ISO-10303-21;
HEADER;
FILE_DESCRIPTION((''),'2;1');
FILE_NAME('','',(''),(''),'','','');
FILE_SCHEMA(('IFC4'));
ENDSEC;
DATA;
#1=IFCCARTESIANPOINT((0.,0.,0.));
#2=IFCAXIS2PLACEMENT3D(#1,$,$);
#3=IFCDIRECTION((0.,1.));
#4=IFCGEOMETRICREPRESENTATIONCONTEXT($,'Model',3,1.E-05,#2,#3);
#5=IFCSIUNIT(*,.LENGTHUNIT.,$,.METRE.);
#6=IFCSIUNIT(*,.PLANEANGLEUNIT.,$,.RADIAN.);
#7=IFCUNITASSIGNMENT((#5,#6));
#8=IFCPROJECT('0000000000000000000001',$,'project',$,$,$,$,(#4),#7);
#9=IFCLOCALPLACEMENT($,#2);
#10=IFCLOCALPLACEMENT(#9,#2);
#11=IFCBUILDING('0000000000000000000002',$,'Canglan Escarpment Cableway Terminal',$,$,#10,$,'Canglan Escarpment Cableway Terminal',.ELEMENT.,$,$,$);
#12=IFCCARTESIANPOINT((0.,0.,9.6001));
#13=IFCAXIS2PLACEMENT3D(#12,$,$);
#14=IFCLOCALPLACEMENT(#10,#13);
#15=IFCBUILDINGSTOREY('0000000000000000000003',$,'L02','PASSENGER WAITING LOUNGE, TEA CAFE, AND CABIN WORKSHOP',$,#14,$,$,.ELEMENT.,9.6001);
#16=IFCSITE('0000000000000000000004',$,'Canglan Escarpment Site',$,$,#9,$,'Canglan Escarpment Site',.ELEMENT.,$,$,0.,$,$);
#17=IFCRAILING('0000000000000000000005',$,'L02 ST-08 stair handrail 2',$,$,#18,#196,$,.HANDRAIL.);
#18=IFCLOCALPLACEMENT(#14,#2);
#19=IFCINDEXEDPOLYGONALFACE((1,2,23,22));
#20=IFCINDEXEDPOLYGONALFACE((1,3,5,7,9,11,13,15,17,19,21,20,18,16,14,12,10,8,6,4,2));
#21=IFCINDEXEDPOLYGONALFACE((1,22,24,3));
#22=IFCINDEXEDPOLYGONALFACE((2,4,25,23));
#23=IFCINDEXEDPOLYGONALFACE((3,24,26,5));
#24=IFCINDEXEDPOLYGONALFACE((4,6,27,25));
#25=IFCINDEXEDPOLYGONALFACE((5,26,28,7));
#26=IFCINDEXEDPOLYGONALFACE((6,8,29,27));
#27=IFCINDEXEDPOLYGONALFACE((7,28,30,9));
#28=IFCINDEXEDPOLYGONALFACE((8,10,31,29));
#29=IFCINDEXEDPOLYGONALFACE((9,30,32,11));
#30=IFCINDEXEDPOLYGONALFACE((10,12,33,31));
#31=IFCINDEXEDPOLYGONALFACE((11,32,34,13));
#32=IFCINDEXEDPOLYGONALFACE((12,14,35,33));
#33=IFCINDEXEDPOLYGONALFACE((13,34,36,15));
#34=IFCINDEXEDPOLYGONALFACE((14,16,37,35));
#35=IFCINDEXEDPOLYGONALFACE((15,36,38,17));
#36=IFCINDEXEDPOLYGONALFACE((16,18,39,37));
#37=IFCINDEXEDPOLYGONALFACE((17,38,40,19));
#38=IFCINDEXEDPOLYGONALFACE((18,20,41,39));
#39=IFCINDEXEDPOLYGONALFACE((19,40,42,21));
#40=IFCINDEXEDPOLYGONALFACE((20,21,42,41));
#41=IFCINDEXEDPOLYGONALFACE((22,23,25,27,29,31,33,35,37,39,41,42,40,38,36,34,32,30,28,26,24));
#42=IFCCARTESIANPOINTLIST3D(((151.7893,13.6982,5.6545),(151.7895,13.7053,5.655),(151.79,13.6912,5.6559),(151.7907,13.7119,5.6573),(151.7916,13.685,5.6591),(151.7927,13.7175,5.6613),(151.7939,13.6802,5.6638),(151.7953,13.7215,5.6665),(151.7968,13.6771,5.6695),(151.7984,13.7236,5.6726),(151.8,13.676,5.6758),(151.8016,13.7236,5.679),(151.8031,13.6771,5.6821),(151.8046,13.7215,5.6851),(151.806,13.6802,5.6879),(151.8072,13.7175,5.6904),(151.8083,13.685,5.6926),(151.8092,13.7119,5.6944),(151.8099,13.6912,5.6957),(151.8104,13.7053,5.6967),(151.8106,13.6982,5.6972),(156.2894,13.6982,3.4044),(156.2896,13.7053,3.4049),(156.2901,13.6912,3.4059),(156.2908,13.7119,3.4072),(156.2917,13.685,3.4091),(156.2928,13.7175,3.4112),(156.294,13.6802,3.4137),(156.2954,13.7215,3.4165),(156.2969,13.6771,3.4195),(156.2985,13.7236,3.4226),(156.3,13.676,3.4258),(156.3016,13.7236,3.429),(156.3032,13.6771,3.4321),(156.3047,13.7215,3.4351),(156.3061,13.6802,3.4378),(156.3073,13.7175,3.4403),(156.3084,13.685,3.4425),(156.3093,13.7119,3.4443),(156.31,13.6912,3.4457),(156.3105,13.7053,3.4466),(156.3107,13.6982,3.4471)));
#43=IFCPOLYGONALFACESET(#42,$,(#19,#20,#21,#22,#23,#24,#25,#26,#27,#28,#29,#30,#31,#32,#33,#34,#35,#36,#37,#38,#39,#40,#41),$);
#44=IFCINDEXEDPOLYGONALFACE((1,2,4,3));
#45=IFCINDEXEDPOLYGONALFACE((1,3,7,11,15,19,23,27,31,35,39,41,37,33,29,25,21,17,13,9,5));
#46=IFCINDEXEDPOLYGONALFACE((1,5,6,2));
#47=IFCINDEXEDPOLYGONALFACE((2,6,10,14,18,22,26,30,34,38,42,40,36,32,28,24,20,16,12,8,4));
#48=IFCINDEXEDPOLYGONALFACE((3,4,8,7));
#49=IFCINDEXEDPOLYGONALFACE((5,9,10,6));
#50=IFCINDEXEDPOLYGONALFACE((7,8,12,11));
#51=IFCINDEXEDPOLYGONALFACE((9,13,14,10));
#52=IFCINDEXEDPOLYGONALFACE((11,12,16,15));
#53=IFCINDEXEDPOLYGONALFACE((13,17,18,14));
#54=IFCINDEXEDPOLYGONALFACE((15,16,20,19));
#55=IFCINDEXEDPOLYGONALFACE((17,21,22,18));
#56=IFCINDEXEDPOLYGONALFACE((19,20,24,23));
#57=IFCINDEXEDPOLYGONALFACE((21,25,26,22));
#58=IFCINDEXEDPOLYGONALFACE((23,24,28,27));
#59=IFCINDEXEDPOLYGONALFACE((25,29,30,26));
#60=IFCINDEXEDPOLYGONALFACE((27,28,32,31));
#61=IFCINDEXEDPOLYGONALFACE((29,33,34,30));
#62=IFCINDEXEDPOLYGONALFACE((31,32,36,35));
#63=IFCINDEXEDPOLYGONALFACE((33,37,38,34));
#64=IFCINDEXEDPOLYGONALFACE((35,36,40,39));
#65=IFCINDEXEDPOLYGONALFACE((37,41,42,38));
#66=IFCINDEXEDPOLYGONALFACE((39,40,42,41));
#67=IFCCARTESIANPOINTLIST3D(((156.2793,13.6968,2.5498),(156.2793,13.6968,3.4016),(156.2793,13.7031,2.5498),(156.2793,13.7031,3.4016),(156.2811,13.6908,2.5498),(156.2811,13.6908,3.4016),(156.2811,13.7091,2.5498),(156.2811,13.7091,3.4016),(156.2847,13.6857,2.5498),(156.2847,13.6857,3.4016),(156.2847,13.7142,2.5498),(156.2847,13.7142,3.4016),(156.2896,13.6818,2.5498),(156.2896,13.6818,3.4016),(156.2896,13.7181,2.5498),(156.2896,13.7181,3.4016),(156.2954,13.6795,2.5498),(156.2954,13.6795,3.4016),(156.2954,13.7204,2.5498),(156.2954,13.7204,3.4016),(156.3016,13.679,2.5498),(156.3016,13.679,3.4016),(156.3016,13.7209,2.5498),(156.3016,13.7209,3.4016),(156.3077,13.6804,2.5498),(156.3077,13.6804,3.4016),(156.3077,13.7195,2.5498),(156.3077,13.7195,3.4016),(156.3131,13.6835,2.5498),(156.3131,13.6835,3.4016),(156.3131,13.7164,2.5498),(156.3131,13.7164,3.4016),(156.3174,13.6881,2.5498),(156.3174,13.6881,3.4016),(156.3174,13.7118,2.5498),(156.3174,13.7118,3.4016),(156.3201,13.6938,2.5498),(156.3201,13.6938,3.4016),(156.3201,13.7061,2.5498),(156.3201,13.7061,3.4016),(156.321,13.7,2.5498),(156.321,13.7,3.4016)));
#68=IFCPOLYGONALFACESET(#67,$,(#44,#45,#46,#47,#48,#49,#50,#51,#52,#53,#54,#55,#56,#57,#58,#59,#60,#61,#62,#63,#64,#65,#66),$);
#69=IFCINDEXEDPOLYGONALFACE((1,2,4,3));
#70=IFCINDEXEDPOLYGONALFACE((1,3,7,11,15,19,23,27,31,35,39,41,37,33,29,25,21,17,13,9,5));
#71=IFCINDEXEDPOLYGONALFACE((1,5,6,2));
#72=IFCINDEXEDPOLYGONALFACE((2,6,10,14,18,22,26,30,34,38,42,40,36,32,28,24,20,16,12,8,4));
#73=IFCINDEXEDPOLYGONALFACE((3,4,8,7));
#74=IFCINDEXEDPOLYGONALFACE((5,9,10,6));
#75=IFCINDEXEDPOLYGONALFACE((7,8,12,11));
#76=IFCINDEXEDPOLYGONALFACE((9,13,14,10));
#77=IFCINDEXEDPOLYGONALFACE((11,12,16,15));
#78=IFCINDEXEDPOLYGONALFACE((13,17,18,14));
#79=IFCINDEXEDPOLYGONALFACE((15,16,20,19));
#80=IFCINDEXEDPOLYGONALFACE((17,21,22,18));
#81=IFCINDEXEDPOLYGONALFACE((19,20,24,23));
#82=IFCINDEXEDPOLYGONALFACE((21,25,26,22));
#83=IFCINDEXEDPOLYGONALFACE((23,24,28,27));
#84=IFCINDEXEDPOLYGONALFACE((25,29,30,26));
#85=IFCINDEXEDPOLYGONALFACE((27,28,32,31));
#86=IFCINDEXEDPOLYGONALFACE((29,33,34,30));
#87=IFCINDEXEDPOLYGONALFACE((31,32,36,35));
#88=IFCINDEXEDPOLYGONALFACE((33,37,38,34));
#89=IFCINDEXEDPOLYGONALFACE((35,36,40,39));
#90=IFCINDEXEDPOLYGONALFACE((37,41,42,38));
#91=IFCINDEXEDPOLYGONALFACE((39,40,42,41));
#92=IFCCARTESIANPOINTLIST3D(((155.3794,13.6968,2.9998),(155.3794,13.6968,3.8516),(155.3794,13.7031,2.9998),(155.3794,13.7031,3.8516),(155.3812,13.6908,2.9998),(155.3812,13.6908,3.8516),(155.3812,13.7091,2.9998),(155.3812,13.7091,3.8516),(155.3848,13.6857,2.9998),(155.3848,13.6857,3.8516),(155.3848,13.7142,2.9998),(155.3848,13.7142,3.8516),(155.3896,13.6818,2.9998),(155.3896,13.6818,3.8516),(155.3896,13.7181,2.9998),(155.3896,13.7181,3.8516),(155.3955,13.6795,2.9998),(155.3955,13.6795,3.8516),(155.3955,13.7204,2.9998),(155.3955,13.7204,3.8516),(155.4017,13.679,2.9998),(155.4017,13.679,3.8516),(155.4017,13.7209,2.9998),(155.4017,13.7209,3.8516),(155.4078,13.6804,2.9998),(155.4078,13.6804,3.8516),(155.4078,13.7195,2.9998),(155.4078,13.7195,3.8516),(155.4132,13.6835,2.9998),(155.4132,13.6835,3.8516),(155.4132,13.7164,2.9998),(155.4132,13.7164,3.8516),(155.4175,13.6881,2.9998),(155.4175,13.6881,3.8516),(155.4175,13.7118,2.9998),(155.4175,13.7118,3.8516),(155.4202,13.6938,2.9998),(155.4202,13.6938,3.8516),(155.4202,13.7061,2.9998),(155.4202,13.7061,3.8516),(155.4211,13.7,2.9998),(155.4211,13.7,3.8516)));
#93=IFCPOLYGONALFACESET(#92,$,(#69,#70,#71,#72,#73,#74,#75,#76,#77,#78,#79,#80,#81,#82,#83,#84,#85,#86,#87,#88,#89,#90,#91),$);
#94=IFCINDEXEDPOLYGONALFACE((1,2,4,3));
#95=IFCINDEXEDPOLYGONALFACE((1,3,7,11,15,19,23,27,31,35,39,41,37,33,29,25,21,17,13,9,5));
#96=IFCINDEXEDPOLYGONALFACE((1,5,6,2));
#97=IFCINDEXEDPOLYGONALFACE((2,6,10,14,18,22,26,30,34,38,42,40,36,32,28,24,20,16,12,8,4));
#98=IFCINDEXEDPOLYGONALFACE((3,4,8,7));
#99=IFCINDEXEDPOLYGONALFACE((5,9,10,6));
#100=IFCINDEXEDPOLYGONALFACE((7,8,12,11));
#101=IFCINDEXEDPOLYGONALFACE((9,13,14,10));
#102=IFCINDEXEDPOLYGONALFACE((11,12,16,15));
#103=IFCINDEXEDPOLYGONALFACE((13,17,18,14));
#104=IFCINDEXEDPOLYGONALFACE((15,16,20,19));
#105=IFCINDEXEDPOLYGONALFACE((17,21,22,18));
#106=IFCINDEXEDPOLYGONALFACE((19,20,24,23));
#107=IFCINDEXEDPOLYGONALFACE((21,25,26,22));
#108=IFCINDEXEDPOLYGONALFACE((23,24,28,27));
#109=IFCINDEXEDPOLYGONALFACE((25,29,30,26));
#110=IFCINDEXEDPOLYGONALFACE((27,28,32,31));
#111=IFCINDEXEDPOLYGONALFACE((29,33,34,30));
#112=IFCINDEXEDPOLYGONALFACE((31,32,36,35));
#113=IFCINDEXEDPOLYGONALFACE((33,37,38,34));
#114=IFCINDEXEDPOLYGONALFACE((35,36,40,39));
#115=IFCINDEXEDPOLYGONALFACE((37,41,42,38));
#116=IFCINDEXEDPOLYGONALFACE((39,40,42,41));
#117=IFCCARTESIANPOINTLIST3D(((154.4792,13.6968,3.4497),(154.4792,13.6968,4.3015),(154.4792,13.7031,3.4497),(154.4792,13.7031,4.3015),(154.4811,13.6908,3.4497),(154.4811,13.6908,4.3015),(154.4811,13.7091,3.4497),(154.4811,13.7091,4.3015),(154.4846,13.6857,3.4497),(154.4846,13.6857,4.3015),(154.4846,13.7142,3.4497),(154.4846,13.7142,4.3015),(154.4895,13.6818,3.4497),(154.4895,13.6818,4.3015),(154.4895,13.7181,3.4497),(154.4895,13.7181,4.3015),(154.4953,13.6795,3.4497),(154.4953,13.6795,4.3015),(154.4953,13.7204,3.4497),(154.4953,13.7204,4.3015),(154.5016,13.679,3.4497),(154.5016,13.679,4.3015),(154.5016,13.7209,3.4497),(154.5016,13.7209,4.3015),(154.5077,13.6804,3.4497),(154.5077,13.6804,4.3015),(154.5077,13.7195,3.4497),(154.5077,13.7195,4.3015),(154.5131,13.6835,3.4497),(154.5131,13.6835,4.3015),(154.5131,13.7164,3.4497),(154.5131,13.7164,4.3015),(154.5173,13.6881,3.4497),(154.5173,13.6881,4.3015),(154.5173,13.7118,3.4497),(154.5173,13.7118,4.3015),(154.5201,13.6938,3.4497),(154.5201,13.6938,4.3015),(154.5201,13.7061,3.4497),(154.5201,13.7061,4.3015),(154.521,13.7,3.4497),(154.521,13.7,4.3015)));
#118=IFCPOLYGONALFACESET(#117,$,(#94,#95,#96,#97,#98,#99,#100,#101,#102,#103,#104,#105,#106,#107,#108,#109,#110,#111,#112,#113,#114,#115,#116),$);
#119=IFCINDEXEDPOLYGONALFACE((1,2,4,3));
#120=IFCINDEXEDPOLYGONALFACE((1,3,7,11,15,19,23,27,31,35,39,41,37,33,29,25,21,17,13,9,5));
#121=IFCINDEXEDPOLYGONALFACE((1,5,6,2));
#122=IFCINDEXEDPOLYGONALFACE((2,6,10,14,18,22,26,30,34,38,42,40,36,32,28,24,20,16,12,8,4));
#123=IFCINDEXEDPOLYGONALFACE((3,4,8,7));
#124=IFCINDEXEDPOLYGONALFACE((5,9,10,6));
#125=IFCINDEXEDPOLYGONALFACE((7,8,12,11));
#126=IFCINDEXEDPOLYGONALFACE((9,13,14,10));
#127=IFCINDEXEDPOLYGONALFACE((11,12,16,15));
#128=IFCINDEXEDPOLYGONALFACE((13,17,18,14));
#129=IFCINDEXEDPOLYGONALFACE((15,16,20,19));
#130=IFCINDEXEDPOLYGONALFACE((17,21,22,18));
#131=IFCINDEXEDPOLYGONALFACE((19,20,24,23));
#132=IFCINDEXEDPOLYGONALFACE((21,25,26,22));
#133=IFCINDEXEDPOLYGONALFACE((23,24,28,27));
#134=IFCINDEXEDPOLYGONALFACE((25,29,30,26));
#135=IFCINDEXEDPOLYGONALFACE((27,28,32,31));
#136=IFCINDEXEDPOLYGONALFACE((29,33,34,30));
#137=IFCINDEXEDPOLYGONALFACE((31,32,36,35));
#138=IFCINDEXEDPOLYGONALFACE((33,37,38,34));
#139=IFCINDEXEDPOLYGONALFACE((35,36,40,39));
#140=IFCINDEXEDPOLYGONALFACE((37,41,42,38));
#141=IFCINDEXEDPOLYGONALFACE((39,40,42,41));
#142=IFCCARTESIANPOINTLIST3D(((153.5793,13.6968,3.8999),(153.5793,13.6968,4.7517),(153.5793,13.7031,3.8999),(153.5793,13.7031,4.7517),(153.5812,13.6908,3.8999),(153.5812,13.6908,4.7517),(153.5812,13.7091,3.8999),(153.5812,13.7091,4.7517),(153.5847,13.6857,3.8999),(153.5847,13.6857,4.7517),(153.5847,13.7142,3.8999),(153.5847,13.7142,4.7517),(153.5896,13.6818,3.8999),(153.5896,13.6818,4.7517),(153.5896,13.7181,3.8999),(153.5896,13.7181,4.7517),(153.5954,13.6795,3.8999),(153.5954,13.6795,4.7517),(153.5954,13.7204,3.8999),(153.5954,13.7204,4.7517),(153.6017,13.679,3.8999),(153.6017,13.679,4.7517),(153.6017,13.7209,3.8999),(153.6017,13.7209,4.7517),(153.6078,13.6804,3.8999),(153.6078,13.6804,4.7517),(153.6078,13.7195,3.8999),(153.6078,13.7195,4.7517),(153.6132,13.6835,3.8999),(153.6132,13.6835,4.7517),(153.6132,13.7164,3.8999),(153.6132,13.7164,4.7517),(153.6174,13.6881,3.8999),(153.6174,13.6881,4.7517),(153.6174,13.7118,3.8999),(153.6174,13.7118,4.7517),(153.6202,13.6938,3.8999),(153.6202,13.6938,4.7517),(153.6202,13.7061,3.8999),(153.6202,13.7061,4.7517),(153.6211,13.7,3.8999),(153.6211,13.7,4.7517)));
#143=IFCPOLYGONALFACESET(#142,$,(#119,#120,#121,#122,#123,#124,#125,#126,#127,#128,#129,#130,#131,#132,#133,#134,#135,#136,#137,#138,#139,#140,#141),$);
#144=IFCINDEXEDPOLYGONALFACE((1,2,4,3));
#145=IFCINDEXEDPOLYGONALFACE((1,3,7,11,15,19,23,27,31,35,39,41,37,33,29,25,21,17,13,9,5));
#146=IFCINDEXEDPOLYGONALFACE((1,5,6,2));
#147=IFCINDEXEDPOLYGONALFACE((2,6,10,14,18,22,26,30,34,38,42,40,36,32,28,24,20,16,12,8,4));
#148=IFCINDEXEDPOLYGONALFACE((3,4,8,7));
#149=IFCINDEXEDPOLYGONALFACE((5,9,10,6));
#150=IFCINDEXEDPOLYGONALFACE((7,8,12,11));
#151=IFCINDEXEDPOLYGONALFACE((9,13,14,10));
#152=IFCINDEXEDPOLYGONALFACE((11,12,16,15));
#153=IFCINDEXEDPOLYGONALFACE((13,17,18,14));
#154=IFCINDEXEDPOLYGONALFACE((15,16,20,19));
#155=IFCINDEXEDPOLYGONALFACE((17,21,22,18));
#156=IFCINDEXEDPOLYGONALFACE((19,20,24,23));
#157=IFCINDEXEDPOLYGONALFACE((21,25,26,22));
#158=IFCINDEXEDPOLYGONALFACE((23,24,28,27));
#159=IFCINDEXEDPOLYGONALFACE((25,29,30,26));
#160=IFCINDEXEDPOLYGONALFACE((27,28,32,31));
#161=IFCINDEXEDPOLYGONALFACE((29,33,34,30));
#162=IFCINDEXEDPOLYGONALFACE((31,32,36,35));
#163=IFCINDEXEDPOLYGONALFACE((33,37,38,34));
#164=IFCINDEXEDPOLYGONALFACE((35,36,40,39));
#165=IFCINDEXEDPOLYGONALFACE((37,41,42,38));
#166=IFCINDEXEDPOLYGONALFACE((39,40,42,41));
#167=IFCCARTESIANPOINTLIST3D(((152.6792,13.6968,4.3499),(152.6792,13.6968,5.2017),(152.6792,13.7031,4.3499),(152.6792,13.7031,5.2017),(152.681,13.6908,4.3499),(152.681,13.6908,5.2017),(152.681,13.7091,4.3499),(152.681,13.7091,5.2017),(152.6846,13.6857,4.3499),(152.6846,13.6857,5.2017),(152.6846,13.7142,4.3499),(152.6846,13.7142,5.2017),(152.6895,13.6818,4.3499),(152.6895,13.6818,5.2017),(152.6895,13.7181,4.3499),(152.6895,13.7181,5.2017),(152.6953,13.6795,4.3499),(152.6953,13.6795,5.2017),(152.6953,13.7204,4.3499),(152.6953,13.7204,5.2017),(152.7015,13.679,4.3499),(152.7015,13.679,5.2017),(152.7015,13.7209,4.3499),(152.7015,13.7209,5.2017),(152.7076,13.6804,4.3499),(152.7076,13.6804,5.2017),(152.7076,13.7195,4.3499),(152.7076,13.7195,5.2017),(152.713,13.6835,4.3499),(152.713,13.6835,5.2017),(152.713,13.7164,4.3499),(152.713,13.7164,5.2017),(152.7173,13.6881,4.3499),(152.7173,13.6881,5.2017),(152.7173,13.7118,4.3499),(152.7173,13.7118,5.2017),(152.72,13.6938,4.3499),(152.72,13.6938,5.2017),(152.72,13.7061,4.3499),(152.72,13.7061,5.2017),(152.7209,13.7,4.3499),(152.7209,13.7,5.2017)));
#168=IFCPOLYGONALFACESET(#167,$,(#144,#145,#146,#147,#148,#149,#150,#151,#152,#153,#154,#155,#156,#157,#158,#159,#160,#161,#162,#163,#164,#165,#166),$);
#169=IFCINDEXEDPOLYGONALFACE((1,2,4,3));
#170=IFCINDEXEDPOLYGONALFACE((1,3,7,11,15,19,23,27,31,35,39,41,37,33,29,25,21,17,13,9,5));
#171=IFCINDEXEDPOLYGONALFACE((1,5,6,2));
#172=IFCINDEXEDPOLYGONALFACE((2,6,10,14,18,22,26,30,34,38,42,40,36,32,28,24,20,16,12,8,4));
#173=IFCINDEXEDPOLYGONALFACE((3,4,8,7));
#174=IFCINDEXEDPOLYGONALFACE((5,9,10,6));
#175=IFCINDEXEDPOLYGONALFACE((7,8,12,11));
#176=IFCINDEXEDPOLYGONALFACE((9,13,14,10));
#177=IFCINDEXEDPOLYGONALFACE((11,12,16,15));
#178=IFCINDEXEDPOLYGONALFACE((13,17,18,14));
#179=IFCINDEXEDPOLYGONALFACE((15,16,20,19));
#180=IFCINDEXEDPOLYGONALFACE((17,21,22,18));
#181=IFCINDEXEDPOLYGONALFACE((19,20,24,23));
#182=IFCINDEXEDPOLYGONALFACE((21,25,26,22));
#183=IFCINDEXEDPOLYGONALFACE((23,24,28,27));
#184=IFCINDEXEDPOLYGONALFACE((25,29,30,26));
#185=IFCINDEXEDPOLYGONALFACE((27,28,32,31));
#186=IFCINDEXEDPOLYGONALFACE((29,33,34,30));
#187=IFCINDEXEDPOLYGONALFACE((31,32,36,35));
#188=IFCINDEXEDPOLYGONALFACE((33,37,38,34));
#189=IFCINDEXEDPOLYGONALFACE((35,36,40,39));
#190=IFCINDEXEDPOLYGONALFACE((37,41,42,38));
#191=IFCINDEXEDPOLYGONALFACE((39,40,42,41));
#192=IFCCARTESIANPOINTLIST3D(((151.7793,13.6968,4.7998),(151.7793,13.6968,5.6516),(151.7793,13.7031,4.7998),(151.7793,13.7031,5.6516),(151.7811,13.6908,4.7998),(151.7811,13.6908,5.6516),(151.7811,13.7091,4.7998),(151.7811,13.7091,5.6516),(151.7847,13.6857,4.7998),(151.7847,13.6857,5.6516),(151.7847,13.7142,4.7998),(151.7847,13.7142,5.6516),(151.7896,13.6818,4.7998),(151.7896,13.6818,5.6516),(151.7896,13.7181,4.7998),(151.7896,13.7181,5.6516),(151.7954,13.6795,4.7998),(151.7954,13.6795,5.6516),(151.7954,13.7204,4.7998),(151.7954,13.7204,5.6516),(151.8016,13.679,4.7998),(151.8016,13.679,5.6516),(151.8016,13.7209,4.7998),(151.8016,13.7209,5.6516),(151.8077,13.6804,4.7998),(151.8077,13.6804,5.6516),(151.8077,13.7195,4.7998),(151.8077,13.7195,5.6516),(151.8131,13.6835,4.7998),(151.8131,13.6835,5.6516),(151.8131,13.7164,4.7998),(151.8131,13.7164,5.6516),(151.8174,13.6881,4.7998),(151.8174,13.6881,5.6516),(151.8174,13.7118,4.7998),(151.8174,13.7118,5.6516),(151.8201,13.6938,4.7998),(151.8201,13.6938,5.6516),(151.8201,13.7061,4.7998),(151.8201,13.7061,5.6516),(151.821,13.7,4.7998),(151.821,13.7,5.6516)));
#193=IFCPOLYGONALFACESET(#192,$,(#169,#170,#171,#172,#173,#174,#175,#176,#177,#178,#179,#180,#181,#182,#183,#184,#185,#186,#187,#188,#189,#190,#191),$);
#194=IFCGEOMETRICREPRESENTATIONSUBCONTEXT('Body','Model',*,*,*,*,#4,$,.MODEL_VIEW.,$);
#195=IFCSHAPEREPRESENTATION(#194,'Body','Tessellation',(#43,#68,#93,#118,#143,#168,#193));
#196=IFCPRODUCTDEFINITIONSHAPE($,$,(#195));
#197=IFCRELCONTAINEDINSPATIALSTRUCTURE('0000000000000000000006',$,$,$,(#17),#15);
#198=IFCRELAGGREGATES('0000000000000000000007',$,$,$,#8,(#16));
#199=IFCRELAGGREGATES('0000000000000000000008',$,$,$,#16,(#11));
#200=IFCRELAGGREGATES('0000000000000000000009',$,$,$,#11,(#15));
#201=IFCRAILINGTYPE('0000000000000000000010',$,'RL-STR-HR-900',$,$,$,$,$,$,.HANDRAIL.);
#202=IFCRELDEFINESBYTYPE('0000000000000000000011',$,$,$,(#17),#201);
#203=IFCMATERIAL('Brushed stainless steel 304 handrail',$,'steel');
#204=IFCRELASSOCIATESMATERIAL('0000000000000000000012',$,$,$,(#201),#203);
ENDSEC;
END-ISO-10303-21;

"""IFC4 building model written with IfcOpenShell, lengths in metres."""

from ifc_helpers import new_model, si_unit, direction, frame, origin, origin_2d, place, context, subcontext, project, spatial, circle, extrude, material, type_object, element, save


model = new_model("IFC4")

# Units and contexts
model_context = context("Model", 3, precision=1e-05, world=origin(), true_north=direction((0.0, 1.0)))
body_context = subcontext(model_context, "Body", "Model", "MODEL_VIEW")
ifc_project = project(units=[si_unit("LENGTHUNIT", "METRE"), si_unit("PLANEANGLEUNIT", "RADIAN")], contexts=[model_context])

# Site, building, storey
site_placement = place(None, origin())
site = spatial("IfcSite", under=ifc_project, at=site_placement, Name="Canglan Escarpment Site", LongName="Canglan Escarpment Site", CompositionType="ELEMENT", RefElevation=0.0)
building_placement = place(site_placement, origin())
building = spatial("IfcBuilding", under=site, at=building_placement, Name="Canglan Escarpment Cableway Terminal", LongName="Canglan Escarpment Cableway Terminal", CompositionType="ELEMENT")
storey_placement = place(building_placement, frame((0.0, 0.0, 9.6001)))
storey = spatial("IfcBuildingStorey", under=building, at=storey_placement, Name="L02", Description="PASSENGER WAITING LOUNGE, TEA CAFE, AND CABIN WORKSHOP", CompositionType="ELEMENT", Elevation=9.6001)

# Railing
ifc_material_1 = material(Name="Brushed stainless steel 304 handrail", Category="steel")
railing_type_1 = type_object("IfcRailingType", Name="RL-STR-HR-900", PredefinedType="HANDRAIL", material=ifc_material_1)
railing_1_placement = place(storey_placement, frame((156.3, 13.7, 2.5498)))
element("IfcRailing", 1, at=railing_1_placement, inside=storey, type_object=railing_type_1, Name="L02 ST-08 stair handrail 2", PredefinedType="HANDRAIL", context=body_context, shape_type="SweptSolid", body=[
    extrude(circle(Radius=0.0239, at=origin_2d()), frame((0.0, 0.0, 0.876), z_axis=(-0.894427, 0.0, 0.447214), x_axis=(0.0, -1.0, 0.0)), (0.0, 0.0, 1.0), 5.0312),
    extrude(circle(Radius=0.021, at=origin_2d()), origin(), (0.0, 0.0, 1.0), 0.8518),
    extrude(circle(Radius=0.021, at=origin_2d()), frame((-0.8999, 0.0, 0.45)), (0.0, 0.0, 1.0), 0.8518),
    extrude(circle(Radius=0.021, at=origin_2d()), frame((-1.8, 0.0, 0.8999)), (0.0, 0.0, 1.0), 0.8518),
    extrude(circle(Radius=0.021, at=origin_2d()), frame((-2.7, 0.0, 1.3501)), (0.0, 0.0, 1.0), 0.8518),
    extrude(circle(Radius=0.021, at=origin_2d()), frame((-3.6001, 0.0, 1.8)), (0.0, 0.0, 1.0), 0.8518),
    extrude(circle(Radius=0.021, at=origin_2d()), frame((-4.5, 0.0, 2.25)), (0.0, 0.0, 1.0), 0.8518),
])

save(model, "model.ifc")
